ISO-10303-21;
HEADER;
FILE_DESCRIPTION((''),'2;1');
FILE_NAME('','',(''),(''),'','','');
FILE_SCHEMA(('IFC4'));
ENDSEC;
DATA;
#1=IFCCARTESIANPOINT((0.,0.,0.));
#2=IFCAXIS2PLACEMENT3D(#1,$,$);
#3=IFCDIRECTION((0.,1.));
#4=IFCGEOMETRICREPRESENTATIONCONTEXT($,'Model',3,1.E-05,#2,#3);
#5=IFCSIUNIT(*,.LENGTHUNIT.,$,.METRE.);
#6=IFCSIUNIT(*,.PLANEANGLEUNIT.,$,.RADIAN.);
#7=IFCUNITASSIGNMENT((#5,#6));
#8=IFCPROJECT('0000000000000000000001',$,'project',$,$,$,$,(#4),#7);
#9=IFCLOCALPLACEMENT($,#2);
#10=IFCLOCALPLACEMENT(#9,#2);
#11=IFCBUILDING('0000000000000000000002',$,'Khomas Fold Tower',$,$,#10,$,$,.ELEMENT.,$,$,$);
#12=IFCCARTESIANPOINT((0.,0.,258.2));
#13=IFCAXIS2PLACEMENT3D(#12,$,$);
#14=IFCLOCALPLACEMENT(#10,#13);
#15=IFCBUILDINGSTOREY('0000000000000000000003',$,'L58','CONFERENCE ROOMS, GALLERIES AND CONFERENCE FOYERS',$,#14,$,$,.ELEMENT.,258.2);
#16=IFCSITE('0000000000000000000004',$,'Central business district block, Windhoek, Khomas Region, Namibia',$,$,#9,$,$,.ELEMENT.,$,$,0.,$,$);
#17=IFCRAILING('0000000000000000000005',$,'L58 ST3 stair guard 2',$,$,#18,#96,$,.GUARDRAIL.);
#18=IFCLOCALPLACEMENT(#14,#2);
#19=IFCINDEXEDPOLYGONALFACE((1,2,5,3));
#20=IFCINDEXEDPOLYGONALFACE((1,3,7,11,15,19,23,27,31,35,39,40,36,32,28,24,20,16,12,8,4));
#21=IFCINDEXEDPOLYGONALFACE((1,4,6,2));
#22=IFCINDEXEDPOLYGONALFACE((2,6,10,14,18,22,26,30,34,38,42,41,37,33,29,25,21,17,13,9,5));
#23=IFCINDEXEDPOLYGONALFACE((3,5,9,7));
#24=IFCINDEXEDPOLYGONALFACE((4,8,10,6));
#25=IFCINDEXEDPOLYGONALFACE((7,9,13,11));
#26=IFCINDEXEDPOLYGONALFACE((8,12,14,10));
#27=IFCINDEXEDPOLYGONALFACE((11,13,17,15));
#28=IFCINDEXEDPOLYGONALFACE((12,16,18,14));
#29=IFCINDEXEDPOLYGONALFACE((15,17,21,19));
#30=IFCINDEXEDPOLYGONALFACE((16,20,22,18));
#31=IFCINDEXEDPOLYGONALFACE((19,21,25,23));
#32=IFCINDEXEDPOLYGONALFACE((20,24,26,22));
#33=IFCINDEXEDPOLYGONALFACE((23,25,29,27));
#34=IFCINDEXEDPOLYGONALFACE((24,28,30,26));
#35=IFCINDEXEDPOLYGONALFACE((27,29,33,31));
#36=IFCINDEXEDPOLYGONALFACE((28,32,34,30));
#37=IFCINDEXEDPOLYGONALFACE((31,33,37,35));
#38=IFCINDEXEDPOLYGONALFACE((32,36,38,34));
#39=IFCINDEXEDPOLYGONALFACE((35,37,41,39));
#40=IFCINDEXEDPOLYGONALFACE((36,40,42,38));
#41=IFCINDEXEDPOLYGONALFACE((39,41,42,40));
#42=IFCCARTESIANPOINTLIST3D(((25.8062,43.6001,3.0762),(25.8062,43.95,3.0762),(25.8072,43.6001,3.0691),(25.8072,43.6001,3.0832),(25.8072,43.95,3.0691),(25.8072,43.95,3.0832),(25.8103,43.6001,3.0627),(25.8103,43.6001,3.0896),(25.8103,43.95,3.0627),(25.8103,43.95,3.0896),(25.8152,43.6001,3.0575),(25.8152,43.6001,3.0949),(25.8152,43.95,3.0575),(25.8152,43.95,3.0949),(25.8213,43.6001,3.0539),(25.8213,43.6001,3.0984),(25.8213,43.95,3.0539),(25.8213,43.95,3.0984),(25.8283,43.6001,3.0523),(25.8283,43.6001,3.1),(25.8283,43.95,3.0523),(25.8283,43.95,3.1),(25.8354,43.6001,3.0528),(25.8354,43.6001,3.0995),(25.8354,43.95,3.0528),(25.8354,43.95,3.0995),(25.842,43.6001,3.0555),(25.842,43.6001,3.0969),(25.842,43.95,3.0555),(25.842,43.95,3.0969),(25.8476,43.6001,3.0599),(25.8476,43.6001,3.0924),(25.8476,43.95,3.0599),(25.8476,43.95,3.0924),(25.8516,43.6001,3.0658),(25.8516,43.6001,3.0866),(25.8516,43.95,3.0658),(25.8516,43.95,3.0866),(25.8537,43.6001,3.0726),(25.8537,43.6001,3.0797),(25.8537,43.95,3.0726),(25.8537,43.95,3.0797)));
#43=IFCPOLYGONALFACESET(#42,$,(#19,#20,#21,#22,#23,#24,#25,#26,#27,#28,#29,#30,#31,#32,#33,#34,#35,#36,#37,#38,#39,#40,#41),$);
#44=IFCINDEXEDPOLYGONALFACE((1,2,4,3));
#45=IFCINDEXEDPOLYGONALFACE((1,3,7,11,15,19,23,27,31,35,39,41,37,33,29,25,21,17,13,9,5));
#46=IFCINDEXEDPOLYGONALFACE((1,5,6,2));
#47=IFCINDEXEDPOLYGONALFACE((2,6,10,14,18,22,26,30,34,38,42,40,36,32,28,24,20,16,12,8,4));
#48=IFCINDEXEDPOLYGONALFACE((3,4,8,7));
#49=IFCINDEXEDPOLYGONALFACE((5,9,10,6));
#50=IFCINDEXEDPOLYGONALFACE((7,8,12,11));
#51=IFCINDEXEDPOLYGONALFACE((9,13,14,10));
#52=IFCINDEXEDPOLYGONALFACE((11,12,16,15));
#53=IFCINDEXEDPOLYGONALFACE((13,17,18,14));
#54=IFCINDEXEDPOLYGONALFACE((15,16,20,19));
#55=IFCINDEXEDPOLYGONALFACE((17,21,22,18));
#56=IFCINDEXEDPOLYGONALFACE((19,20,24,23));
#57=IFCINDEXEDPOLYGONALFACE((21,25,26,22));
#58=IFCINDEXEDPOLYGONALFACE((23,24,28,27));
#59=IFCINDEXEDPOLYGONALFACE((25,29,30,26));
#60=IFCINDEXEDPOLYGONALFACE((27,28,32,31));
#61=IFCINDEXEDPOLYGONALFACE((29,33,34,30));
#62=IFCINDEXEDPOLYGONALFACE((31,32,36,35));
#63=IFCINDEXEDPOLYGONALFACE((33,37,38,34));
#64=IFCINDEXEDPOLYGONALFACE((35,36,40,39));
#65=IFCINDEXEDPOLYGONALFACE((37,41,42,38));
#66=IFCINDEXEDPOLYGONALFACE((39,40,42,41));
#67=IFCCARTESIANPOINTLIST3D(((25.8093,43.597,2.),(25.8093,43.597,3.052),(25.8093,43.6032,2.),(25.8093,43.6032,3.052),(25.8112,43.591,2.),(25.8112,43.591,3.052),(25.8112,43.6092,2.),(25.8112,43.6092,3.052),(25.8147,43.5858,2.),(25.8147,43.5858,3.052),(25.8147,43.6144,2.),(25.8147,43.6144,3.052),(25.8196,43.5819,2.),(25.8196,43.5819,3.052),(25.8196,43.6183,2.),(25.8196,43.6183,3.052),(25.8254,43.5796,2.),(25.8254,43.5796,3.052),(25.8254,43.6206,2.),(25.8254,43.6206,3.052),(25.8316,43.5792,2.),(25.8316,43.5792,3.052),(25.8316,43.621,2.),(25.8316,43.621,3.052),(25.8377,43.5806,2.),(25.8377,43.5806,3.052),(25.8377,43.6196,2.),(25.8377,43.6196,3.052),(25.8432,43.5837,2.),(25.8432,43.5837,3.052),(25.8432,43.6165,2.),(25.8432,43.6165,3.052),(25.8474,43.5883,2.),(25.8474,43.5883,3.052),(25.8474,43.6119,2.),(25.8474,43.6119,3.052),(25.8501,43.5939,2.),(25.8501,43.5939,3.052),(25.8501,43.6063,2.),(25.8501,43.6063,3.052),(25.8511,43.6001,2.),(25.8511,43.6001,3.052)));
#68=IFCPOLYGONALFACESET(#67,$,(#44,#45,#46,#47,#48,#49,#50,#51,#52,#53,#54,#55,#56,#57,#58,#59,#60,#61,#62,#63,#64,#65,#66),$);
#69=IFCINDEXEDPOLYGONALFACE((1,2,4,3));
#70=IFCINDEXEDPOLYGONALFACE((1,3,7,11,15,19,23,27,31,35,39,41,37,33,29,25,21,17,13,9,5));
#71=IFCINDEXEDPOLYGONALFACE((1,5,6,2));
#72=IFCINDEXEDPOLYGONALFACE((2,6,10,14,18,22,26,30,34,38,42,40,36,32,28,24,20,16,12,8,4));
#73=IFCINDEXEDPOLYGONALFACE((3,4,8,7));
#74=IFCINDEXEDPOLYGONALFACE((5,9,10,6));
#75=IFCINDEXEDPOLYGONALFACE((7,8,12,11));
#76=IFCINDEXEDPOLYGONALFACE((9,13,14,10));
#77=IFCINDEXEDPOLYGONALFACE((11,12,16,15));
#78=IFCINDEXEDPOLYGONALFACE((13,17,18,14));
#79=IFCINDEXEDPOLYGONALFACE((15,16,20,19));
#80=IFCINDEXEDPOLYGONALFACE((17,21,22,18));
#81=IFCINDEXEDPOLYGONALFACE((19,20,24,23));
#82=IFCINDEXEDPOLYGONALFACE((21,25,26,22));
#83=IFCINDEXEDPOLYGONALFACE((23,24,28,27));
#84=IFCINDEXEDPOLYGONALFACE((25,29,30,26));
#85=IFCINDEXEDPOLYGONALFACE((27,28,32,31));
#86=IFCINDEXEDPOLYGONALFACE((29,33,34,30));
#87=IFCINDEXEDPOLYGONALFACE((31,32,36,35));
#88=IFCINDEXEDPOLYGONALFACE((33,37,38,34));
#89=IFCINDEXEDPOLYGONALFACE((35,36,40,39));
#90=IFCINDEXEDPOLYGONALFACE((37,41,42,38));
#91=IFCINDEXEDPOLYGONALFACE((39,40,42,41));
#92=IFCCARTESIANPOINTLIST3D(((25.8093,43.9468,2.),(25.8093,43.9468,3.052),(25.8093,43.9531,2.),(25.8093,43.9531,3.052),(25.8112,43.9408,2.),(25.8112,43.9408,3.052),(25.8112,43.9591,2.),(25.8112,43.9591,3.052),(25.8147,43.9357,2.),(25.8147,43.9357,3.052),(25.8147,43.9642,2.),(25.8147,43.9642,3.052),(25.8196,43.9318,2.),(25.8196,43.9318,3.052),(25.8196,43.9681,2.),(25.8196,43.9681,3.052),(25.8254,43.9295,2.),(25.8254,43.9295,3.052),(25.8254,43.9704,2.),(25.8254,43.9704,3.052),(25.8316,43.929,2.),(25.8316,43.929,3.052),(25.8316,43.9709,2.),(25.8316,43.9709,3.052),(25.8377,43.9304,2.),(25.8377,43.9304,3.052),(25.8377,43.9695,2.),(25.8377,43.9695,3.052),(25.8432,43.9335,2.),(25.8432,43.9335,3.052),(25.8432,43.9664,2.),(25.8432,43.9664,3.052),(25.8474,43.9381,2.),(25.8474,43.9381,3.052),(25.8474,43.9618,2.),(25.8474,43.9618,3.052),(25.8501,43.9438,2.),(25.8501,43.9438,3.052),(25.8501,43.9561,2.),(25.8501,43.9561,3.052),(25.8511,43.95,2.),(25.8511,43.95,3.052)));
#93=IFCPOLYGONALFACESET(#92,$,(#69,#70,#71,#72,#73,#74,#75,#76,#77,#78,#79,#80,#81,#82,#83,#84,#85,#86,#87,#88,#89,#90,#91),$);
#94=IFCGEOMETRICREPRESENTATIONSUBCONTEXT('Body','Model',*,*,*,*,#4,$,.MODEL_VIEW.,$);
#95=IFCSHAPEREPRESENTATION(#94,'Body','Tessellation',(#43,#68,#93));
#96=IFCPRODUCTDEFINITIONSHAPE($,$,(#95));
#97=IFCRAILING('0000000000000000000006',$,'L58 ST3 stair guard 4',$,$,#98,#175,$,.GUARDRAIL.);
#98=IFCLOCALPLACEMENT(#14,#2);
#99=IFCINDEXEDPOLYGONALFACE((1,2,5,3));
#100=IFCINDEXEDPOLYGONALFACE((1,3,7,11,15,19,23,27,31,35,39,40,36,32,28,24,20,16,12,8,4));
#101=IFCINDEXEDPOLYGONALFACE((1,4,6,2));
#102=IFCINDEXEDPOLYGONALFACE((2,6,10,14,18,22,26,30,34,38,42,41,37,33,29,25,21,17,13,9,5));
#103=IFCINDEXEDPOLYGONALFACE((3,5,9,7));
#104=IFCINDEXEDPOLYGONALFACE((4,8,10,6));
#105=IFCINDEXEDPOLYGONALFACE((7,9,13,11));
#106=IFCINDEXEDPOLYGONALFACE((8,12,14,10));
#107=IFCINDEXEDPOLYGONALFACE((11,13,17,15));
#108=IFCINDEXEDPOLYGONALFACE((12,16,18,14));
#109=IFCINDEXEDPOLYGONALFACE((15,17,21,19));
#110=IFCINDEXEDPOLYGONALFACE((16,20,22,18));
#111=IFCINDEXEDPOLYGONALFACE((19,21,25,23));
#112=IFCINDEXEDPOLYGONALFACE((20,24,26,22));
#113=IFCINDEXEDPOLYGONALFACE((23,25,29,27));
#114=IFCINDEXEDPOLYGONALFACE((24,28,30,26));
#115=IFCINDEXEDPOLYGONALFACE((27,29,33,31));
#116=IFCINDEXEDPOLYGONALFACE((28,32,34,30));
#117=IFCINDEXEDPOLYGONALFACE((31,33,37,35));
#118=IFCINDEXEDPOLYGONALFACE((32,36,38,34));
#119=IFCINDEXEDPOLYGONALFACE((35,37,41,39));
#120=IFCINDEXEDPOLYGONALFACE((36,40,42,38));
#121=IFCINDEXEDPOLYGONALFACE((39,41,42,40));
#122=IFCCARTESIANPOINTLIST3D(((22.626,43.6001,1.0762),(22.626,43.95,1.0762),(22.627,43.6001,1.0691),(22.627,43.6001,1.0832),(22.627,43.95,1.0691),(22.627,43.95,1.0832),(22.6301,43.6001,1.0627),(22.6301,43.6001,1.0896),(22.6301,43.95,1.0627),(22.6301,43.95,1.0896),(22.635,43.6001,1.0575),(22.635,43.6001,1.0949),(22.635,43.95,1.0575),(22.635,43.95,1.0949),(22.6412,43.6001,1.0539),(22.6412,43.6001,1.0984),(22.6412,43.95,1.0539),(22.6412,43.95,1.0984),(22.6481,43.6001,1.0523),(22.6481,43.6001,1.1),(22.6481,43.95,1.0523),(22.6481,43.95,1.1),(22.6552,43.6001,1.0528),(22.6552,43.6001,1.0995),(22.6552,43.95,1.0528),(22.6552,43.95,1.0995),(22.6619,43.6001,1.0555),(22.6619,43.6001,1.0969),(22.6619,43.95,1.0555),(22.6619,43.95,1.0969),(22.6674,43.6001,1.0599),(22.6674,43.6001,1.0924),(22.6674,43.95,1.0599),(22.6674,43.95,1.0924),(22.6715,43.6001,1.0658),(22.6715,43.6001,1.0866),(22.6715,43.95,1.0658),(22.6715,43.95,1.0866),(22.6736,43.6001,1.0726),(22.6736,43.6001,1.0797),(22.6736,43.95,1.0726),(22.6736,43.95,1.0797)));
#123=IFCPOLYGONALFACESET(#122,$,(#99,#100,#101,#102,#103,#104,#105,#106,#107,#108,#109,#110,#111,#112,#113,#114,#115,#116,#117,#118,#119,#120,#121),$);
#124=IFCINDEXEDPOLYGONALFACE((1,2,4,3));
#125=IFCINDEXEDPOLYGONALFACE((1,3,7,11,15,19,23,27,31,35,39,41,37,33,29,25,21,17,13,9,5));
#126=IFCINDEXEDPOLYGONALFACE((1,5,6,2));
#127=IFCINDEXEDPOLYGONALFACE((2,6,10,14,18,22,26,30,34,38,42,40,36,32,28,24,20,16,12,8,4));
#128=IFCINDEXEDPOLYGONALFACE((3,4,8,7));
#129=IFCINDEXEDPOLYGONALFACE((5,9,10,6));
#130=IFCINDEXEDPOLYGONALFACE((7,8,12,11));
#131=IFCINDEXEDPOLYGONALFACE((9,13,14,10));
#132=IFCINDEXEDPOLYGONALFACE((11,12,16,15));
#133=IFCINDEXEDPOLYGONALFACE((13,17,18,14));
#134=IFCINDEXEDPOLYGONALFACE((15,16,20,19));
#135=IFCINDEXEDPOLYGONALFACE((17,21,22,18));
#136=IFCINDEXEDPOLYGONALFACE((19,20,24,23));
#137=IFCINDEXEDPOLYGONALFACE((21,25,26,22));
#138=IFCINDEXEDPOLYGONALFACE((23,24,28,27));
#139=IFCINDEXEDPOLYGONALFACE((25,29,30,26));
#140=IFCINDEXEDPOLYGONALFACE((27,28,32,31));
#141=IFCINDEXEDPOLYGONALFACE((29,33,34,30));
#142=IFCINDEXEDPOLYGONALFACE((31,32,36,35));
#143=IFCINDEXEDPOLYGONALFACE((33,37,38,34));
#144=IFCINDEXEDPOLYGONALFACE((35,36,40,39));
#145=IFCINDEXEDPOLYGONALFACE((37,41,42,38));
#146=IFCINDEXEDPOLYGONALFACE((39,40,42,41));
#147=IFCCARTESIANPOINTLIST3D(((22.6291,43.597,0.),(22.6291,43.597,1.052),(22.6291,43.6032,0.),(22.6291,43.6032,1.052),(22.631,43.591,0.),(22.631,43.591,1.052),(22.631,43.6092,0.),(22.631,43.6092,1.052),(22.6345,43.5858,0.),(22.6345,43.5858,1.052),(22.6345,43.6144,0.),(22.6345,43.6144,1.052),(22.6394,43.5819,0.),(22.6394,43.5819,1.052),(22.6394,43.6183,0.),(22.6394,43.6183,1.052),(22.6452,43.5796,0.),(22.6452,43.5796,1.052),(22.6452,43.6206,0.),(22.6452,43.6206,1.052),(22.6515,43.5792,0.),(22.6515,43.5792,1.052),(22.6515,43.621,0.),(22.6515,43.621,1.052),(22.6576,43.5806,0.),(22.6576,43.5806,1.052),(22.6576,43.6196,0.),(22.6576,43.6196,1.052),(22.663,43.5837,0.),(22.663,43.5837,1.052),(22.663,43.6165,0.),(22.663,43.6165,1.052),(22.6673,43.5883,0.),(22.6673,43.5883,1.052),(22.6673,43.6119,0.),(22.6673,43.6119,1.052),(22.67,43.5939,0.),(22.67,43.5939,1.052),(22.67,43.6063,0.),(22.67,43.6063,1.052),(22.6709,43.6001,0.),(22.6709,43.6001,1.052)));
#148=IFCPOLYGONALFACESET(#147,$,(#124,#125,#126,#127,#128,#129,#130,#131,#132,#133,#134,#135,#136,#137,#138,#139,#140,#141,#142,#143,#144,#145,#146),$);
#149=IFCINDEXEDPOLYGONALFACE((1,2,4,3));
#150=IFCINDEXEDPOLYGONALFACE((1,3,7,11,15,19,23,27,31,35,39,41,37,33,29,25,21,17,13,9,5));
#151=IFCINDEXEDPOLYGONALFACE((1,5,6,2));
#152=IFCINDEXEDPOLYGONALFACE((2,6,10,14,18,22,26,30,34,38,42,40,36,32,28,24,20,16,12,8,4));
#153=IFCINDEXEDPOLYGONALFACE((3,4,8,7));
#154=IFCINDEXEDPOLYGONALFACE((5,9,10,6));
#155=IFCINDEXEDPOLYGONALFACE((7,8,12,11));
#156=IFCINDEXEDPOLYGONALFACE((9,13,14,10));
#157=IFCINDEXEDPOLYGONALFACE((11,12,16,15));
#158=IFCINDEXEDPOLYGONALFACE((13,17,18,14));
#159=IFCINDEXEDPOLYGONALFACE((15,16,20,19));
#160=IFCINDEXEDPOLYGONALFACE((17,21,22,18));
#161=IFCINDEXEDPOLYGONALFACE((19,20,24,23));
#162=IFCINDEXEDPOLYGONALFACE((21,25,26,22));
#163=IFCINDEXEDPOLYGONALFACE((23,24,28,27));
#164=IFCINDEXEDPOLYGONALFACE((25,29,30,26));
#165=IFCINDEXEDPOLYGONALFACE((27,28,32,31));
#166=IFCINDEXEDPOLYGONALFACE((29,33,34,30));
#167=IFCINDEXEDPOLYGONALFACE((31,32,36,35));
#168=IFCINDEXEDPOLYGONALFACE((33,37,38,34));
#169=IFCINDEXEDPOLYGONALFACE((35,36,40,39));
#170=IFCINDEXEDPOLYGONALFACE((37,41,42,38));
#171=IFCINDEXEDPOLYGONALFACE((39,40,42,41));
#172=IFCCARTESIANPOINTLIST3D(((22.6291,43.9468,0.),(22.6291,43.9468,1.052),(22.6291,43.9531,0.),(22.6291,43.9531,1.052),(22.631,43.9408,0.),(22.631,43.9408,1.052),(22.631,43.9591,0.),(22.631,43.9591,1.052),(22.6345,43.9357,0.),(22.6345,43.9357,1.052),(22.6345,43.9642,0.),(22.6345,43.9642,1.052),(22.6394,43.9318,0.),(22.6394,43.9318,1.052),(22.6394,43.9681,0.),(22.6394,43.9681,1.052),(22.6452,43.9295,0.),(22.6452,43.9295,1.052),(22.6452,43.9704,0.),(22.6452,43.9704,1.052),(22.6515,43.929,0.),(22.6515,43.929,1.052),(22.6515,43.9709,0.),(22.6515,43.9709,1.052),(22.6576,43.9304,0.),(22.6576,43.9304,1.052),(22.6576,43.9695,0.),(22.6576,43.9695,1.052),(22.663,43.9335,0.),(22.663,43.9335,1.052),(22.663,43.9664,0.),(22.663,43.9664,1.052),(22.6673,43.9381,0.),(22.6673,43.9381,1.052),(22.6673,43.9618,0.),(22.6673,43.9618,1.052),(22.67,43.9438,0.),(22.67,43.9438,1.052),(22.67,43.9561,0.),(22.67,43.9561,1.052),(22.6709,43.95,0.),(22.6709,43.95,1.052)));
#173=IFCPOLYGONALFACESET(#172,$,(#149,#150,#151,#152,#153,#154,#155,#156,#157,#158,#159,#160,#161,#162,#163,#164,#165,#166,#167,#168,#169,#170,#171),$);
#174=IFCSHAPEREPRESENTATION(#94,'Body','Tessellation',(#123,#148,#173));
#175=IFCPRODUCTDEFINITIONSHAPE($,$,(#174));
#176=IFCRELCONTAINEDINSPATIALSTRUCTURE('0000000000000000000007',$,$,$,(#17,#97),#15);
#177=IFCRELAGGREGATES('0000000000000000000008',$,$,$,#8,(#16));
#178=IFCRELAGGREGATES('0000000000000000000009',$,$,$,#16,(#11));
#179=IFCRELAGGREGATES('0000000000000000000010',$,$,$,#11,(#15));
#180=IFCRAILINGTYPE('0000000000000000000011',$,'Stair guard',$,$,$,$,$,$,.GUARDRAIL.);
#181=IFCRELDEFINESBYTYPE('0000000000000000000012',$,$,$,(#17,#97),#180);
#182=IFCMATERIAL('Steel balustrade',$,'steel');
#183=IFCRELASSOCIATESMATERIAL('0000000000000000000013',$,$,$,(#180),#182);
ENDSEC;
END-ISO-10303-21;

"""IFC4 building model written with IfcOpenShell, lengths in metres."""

from ifc_helpers import new_model, si_unit, direction, frame, origin, origin_2d, place, context, subcontext, project, spatial, circle, extrude, source, transform, mapped, material, type_object, element, save


model = new_model("IFC4")

# Units and contexts
model_context = context("Model", 3, precision=1e-05, world=origin(), true_north=direction((0.0, 1.0)))
body_context = subcontext(model_context, "Body", "Model", "MODEL_VIEW")
ifc_project = project(units=[si_unit("LENGTHUNIT", "METRE"), si_unit("PLANEANGLEUNIT", "RADIAN")], contexts=[model_context])

# Site, building, storey
site_placement = place(None, origin())
site = spatial("IfcSite", under=ifc_project, at=site_placement, Name="Central business district block, Windhoek, Khomas Region, Namibia", CompositionType="ELEMENT", RefElevation=0.0)
building_placement = place(site_placement, origin())
building = spatial("IfcBuilding", under=site, at=building_placement, Name="Khomas Fold Tower", CompositionType="ELEMENT")
storey_placement = place(building_placement, frame((0.0, 0.0, 258.2)))
storey = spatial("IfcBuildingStorey", under=building, at=storey_placement, Name="L58", Description="CONFERENCE ROOMS, GALLERIES AND CONFERENCE FOYERS", CompositionType="ELEMENT", Elevation=258.2)

# Railings
ifc_material_1 = material(Name="Steel balustrade", Category="steel")
railing_type_1 = type_object("IfcRailingType", Name="Stair guard", PredefinedType="GUARDRAIL", material=ifc_material_1)
shared_shape_1 = source(origin(), body_context, "Body", "SweptSolid", [
    extrude(circle(Radius=0.0239, at=origin_2d()), frame((0.0, 0.0, 1.0762), z_axis=(0.0, 1.0, 0.0), x_axis=(-1.0, 0.0, 0.0)), (0.0, 0.0, 1.0), 0.3499),
    extrude(circle(Radius=0.021, at=origin_2d()), origin(), (0.0, 0.0, 1.0), 1.052),
    extrude(circle(Radius=0.021, at=origin_2d()), frame((0.0, 0.3499, 0.0)), (0.0, 0.0, 1.0), 1.052),
])
for number, where, name in (
    (1, (25.8301, 43.6001, 2.0), "L58 ST3 stair guard 2"),
    (2, (22.6499, 43.6001, 0.0), "L58 ST3 stair guard 4"),
):
    element("IfcRailing", number, at=place(storey_placement, frame(where)), inside=storey, type_object=railing_type_1, Name=name, PredefinedType="GUARDRAIL", context=body_context, shape_type="MappedRepresentation", body=[
        mapped(shared_shape_1, transform((0.0, 0.0, 0.0))),
    ])

save(model, "model.ifc")
